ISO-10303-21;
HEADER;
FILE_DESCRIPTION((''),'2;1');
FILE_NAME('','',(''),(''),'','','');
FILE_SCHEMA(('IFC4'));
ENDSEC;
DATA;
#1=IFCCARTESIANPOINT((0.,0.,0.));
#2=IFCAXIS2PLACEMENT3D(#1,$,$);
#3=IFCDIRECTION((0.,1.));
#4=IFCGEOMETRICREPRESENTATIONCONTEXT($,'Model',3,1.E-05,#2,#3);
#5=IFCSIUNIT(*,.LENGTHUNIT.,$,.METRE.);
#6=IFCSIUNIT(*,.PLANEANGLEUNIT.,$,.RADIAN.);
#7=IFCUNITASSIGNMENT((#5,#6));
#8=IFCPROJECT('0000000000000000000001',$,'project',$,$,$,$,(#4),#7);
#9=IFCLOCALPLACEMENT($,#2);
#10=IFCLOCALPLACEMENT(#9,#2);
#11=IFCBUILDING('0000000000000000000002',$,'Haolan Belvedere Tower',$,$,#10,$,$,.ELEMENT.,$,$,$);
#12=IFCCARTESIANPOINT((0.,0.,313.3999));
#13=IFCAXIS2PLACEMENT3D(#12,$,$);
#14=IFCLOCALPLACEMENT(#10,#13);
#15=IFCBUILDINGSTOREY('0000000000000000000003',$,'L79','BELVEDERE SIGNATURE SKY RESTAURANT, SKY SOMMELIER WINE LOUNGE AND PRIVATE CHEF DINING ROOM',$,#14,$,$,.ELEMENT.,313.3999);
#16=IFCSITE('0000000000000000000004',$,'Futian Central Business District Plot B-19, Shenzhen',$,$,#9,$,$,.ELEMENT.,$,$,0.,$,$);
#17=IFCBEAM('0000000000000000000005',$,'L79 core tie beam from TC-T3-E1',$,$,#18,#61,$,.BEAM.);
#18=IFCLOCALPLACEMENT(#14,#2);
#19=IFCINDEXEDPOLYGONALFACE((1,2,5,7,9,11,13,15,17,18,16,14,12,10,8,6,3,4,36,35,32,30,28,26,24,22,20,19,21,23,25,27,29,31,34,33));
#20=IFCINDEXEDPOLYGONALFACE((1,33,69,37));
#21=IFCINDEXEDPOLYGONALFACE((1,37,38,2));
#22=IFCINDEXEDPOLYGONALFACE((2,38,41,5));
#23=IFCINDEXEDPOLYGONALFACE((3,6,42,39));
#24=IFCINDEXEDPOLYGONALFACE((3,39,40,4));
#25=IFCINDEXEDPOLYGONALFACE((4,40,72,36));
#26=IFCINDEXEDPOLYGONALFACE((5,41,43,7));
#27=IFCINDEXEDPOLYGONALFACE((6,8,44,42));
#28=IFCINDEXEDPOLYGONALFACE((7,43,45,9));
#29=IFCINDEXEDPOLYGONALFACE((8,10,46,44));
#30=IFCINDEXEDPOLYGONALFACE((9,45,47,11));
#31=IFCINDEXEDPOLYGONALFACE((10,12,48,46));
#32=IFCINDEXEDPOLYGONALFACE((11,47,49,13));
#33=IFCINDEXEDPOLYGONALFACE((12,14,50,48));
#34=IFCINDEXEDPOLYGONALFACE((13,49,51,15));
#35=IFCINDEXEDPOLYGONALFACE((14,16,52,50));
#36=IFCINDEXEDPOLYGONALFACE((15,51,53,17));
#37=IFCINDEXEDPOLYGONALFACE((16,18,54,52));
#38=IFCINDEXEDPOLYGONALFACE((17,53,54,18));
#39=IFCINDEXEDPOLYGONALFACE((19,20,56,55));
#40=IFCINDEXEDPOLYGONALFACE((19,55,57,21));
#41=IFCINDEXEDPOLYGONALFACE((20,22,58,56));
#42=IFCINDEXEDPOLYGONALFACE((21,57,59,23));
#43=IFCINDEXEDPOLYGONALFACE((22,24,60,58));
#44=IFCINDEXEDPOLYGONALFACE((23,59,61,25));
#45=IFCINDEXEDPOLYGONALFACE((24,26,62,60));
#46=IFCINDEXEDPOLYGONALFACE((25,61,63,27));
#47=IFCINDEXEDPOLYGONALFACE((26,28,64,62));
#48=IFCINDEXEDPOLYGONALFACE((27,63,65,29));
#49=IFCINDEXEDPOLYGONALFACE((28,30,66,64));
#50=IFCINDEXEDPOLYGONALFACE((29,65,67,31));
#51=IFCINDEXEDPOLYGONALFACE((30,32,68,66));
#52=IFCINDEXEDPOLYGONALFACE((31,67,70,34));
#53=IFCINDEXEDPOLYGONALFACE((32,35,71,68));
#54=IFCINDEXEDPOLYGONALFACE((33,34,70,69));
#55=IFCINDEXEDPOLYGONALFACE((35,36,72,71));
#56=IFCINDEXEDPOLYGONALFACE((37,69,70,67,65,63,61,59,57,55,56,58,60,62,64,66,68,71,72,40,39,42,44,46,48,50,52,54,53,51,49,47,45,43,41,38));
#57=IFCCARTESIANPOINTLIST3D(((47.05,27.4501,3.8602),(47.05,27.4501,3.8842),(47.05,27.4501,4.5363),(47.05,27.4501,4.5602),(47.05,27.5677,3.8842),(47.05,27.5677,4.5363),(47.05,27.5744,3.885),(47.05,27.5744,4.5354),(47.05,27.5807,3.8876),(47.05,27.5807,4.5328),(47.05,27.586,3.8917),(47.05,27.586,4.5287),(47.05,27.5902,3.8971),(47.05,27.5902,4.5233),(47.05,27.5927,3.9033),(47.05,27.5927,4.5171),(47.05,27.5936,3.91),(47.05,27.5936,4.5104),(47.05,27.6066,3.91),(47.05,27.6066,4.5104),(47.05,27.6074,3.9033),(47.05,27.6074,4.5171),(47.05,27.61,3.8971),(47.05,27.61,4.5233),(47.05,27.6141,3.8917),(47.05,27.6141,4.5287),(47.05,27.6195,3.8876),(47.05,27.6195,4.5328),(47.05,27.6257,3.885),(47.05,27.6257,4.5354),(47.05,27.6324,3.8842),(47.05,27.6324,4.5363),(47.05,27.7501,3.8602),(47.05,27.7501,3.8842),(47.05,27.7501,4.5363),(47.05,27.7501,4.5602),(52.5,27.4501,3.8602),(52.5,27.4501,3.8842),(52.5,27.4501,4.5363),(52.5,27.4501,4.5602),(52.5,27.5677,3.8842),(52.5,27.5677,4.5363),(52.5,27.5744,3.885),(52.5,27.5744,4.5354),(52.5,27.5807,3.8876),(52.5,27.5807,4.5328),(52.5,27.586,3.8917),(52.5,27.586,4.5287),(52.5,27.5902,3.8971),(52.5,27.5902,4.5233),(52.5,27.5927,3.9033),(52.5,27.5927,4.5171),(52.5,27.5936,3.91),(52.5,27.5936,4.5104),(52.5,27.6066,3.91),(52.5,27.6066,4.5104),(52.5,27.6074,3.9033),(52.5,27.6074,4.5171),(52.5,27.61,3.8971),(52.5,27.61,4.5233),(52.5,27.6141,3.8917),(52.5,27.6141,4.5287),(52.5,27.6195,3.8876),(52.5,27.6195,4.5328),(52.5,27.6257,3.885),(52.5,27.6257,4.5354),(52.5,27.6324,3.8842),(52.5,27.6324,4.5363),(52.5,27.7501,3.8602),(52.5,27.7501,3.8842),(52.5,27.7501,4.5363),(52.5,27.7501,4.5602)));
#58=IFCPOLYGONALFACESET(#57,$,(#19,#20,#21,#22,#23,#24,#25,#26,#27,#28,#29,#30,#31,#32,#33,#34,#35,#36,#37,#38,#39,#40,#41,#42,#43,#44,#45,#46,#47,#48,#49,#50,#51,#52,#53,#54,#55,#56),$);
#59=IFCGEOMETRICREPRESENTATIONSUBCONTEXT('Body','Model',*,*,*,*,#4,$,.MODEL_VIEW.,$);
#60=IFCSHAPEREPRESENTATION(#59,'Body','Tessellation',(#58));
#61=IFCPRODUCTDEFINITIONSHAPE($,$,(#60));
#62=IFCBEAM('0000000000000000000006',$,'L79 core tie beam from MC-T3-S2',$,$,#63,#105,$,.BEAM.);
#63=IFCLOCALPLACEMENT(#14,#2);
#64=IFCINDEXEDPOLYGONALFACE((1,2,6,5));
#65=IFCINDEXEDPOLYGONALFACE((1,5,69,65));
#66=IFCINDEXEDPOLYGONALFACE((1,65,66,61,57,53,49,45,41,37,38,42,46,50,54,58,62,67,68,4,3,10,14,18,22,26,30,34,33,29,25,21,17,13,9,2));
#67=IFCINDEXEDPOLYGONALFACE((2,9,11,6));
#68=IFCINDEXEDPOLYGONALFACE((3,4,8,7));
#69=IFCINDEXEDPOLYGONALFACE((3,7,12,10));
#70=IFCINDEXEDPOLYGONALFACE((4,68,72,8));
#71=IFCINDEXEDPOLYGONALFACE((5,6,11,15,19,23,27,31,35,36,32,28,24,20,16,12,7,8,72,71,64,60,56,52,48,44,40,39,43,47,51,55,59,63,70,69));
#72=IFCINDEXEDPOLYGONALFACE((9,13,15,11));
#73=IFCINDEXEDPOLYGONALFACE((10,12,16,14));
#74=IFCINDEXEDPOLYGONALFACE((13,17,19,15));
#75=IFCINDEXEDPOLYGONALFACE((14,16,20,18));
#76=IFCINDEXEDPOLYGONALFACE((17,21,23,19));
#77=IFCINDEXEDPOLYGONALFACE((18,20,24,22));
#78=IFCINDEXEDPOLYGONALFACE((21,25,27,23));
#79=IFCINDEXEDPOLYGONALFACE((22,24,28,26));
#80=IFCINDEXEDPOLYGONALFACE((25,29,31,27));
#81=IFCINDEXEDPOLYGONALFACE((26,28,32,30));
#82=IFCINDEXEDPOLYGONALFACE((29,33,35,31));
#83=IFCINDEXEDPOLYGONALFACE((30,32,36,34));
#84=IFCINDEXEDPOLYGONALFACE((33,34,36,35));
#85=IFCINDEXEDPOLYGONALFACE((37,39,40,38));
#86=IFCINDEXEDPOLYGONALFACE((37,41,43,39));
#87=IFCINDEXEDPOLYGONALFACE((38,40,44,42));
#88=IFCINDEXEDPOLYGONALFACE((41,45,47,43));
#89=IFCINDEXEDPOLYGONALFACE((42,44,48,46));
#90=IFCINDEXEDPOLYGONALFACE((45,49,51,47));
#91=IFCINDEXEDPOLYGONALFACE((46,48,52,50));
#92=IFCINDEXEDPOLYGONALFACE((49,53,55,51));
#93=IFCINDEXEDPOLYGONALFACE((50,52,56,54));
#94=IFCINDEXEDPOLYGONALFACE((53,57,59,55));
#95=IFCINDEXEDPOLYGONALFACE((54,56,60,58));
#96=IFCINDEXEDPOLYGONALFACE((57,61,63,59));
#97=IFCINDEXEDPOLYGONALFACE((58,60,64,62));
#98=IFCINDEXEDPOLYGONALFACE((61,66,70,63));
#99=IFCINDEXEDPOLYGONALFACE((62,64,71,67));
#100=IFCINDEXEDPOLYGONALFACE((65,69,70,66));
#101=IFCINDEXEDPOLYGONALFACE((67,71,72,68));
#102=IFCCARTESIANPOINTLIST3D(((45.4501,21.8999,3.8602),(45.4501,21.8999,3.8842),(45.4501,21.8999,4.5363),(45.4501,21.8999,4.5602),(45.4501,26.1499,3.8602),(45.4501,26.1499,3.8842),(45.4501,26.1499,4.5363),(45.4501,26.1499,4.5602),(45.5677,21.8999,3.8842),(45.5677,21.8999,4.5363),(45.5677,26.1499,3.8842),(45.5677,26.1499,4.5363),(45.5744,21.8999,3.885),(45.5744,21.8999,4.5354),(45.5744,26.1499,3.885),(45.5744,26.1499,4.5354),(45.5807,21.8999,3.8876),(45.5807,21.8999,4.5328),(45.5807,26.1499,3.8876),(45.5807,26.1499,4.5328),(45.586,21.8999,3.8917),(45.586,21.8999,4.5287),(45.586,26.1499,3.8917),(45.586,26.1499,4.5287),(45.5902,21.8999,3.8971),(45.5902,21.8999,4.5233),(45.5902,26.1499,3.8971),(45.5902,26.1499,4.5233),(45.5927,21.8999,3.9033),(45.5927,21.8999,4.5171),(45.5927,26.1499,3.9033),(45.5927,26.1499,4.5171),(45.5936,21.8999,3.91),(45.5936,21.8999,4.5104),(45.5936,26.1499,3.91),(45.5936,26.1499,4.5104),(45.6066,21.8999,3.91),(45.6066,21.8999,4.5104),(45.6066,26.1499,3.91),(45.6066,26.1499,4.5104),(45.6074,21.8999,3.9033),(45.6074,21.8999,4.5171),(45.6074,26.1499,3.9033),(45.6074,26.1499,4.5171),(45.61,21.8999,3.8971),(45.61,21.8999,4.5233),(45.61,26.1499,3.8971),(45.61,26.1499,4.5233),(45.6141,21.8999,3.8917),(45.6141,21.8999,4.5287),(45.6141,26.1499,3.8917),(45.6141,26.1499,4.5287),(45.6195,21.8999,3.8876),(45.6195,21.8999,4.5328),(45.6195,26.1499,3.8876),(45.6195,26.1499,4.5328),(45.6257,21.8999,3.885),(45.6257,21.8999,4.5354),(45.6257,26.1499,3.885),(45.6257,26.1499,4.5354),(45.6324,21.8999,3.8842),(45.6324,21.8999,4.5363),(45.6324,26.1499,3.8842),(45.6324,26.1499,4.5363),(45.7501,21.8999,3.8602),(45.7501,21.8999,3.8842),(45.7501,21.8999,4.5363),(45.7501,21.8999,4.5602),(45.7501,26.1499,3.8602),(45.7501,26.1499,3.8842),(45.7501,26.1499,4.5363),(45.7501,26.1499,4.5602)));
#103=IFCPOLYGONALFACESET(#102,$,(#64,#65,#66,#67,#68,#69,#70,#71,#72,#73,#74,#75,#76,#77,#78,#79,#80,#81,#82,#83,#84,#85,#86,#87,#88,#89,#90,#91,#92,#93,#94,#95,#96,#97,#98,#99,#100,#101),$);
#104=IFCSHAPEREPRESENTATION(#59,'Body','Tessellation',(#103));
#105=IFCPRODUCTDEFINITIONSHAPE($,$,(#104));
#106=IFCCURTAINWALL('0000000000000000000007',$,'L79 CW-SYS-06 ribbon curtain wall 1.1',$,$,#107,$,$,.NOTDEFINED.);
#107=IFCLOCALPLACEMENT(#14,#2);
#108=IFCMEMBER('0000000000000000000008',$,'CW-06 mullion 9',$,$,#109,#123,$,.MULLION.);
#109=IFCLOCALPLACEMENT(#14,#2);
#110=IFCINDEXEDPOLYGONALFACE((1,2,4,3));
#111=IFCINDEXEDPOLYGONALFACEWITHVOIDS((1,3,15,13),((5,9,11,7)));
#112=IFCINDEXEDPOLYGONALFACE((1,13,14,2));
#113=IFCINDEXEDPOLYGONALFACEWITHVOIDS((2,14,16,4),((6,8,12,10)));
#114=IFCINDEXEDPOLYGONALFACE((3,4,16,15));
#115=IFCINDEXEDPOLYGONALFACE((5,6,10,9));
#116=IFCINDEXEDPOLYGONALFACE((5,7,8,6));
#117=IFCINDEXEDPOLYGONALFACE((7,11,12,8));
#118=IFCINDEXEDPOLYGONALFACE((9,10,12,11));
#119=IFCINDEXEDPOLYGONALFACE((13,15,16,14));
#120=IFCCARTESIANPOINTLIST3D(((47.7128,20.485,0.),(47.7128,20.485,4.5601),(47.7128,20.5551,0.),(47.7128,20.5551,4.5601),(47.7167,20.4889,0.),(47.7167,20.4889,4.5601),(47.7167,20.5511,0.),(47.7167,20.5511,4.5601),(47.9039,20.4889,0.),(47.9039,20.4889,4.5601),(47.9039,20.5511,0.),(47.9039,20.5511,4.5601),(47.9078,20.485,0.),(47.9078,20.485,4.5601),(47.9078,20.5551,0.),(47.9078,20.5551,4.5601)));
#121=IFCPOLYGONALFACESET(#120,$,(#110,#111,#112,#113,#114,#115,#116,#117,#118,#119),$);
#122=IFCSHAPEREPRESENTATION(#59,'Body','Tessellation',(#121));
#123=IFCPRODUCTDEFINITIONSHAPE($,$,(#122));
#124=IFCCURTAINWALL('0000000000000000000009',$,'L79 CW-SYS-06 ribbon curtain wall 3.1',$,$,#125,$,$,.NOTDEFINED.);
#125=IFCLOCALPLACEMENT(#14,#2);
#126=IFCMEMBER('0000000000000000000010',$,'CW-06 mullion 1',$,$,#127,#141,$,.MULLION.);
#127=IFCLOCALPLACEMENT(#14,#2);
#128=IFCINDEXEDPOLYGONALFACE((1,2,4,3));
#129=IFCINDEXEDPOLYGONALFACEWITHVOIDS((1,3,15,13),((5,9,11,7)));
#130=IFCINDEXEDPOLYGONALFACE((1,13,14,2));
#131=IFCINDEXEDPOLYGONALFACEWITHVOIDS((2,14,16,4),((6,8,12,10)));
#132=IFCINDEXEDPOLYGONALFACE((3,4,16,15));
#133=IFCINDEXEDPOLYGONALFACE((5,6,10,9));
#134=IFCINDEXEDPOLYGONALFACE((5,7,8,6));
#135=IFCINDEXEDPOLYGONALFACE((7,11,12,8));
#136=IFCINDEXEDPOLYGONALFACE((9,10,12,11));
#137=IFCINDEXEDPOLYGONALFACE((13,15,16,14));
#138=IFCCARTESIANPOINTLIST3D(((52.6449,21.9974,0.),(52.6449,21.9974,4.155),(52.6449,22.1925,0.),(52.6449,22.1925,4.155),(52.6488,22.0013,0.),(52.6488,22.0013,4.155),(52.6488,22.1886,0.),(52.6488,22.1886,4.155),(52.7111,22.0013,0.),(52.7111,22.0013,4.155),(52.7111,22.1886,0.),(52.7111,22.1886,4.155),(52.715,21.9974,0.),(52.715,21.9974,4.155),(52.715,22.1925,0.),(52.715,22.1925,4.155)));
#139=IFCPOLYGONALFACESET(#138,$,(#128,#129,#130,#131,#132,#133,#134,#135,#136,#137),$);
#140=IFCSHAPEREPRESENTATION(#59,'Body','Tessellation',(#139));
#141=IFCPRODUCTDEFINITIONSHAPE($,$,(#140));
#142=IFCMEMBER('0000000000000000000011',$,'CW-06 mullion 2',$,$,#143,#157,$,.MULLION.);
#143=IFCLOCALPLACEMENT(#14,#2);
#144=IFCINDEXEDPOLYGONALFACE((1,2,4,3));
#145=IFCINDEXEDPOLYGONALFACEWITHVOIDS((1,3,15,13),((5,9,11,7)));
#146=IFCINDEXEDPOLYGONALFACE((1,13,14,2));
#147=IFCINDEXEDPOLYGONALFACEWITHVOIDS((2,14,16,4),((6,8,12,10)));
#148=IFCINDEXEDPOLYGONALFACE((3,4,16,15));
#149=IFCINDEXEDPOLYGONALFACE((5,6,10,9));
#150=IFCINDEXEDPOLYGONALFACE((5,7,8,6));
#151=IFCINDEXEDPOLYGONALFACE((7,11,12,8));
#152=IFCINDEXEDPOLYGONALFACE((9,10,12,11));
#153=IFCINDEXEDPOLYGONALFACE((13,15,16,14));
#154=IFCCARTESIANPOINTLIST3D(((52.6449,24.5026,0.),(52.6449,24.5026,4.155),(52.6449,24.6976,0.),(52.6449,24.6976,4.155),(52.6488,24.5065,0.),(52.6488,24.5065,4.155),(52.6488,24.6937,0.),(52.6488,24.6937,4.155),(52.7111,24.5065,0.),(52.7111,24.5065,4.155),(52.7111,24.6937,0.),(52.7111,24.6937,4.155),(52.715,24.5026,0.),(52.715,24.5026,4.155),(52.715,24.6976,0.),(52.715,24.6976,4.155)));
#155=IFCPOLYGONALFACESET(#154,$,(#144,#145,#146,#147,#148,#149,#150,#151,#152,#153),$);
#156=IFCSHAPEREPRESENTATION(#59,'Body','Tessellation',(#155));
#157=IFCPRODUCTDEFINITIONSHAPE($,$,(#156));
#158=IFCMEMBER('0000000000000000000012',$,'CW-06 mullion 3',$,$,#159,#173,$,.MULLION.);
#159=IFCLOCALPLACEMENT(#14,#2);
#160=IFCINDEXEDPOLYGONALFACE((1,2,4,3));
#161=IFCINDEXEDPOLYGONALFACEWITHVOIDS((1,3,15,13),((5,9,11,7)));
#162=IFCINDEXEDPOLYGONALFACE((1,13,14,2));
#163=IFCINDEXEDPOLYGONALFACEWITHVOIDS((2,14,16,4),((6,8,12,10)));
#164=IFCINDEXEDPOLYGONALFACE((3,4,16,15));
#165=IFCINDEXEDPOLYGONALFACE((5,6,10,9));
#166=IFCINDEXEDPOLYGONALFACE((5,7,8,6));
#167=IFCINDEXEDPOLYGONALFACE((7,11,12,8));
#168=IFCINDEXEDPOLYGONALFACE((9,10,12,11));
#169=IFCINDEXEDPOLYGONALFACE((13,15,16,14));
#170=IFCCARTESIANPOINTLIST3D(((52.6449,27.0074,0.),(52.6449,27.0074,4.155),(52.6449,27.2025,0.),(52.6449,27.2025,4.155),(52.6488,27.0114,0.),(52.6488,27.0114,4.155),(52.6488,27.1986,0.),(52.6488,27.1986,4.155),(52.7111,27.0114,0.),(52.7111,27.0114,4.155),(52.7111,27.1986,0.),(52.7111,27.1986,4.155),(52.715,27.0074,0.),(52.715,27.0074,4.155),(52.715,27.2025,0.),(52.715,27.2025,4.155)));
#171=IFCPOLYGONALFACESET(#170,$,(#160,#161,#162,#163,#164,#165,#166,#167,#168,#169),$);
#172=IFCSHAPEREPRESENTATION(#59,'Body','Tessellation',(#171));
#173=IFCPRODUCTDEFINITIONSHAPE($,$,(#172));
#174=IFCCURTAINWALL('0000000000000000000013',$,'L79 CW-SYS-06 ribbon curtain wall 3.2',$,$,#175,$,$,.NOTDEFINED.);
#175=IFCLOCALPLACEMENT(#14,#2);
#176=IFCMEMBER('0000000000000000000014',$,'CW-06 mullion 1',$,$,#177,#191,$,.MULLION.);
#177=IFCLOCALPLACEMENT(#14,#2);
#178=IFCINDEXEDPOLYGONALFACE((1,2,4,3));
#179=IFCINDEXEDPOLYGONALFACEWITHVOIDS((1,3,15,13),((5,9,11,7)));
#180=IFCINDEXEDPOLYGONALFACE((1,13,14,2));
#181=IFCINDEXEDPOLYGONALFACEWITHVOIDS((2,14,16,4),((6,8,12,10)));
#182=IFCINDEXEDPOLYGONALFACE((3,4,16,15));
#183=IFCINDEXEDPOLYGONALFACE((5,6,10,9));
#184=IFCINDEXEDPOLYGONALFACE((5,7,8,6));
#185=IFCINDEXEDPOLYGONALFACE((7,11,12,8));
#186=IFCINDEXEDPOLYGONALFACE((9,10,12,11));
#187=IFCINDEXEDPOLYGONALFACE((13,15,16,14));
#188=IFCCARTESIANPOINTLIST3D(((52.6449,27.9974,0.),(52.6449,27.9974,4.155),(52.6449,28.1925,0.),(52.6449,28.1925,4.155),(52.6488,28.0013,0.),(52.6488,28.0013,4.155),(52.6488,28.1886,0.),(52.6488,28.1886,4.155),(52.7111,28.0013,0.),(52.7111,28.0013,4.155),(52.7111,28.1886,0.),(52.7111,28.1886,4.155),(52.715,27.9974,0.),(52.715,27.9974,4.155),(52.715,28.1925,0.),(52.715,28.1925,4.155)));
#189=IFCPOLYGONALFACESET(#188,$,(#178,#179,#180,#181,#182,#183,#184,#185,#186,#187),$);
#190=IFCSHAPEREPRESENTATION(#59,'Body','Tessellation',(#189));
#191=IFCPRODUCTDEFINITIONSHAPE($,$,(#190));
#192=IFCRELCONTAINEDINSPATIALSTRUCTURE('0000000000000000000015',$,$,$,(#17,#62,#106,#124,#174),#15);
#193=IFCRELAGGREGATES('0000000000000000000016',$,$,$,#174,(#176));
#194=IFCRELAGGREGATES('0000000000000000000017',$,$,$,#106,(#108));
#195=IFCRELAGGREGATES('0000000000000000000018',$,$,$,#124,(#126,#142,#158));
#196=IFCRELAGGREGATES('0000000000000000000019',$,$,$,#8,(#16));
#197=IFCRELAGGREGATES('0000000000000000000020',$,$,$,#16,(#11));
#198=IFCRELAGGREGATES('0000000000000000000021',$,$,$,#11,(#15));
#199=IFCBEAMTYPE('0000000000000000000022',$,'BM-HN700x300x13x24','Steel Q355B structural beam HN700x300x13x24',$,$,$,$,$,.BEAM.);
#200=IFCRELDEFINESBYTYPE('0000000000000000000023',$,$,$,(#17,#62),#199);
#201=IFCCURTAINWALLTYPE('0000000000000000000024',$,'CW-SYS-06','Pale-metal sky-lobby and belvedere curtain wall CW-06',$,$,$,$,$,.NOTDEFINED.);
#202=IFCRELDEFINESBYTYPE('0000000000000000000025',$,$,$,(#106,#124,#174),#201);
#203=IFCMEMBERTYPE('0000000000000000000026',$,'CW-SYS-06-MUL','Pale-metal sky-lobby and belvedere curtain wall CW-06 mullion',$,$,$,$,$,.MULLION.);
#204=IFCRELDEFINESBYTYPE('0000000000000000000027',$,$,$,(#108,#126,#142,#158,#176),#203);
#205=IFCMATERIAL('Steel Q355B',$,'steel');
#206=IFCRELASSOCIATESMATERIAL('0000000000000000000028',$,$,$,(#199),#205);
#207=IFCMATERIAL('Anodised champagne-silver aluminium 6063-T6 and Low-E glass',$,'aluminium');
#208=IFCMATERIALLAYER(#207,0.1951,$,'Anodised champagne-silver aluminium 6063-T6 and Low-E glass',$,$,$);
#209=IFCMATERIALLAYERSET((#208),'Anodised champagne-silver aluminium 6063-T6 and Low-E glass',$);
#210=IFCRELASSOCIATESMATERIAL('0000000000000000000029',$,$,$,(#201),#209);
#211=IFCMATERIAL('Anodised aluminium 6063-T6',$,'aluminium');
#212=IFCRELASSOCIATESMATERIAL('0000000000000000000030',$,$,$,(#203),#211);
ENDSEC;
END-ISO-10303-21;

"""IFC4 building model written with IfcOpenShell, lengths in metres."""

from ifc_helpers import new_model, si_unit, direction, frame, origin, origin_2d, place, context, subcontext, project, spatial, hollow_rectangle, i_section, extrude, material, layer, layer_set, material_profile, profile_set, type_object, element, aggregate, save


model = new_model("IFC4")

# Units and contexts
model_context = context("Model", 3, precision=1e-05, world=origin(), true_north=direction((0.0, 1.0)))
body_context = subcontext(model_context, "Body", "Model", "MODEL_VIEW")
ifc_project = project(units=[si_unit("LENGTHUNIT", "METRE"), si_unit("PLANEANGLEUNIT", "RADIAN")], contexts=[model_context])

# Site, building, storey
site_placement = place(None, origin())
site = spatial("IfcSite", under=ifc_project, at=site_placement, Name="Futian Central Business District Plot B-19, Shenzhen", CompositionType="ELEMENT", RefElevation=0.0)
building_placement = place(site_placement, origin())
building = spatial("IfcBuilding", under=site, at=building_placement, Name="Haolan Belvedere Tower", CompositionType="ELEMENT")
storey_placement = place(building_placement, frame((0.0, 0.0, 313.3999)))
storey = spatial("IfcBuildingStorey", under=building, at=storey_placement, Name="L79", Description="BELVEDERE SIGNATURE SKY RESTAURANT, SKY SOMMELIER WINE LOUNGE AND PRIVATE CHEF DINING ROOM", CompositionType="ELEMENT", Elevation=313.3999)

# Beams
ifc_material_1 = material(Name="Steel Q355B", Category="steel")
ifc_material_profile_1 = material_profile(ifc_material_1, i_section(OverallWidth=0.3, OverallDepth=0.7, WebThickness=0.0129, FlangeThickness=0.0239, FilletRadius=0.0259, at=origin_2d()), Name="Steel Q355B")
ifc_profile_set_1 = profile_set([ifc_material_profile_1], Name="Steel Q355B")
beam_type_1 = type_object("IfcBeamType", Name="BM-HN700x300x13x24", Description="Steel Q355B structural beam HN700x300x13x24", PredefinedType="BEAM", material=ifc_profile_set_1)
beam_1_placement = place(storey_placement, frame((52.5, 27.6001, 4.2102), z_axis=(-1.0, 0.0, 0.0), x_axis=(0.0, -1.0, 0.0)))
element("IfcBeam", 1, at=beam_1_placement, inside=storey, type_object=beam_type_1, Name="L79 core tie beam from TC-T3-E1", PredefinedType="BEAM", context=body_context, shape_type="SweptSolid", body=[
    extrude(i_section(OverallWidth=0.3, OverallDepth=0.7, WebThickness=0.0129, FlangeThickness=0.0239, FilletRadius=0.0259, at=origin_2d()), origin(), (0.0, 0.0, 1.0), 5.45),
])
beam_2_placement = place(storey_placement, frame((45.6001, 21.8999, 4.2102), z_axis=(0.0, 1.0, 0.0), x_axis=(-1.0, 0.0, 0.0)))
element("IfcBeam", 2, at=beam_2_placement, inside=storey, type_object=beam_type_1, Name="L79 core tie beam from MC-T3-S2", PredefinedType="BEAM", context=body_context, shape_type="SweptSolid", body=[
    extrude(i_section(OverallWidth=0.3, OverallDepth=0.7, WebThickness=0.0129, FlangeThickness=0.0239, FilletRadius=0.0259, at=origin_2d()), origin(), (0.0, 0.0, 1.0), 4.25),
])

# Curtain wall, member
ifc_material_2 = material(Name="Anodised champagne-silver aluminium 6063-T6 and Low-E glass", Category="aluminium")
ifc_layer_1 = layer(ifc_material_2, 0.1951, Name="Anodised champagne-silver aluminium 6063-T6 and Low-E glass")
ifc_layer_set_1 = layer_set([ifc_layer_1], Name="Anodised champagne-silver aluminium 6063-T6 and Low-E glass")
curtain_wall_type = type_object("IfcCurtainWallType", Name="CW-SYS-06", Description="Pale-metal sky-lobby and belvedere curtain wall CW-06", PredefinedType="NOTDEFINED", material=ifc_layer_set_1)
curtain_wall_1_placement = place(storey_placement, origin())
curtain_wall_1 = element("IfcCurtainWall", 3, at=curtain_wall_1_placement, inside=storey, type_object=curtain_wall_type, Name="L79 CW-SYS-06 ribbon curtain wall 1.1", PredefinedType="NOTDEFINED")
ifc_material_3 = material(Name="Anodised aluminium 6063-T6", Category="aluminium")
ifc_material_profile_2 = material_profile(ifc_material_3, hollow_rectangle(XDim=0.0701, YDim=0.1951, WallThickness=0.0039, at=origin_2d()), Name="Anodised aluminium 6063-T6")
ifc_profile_set_2 = profile_set([ifc_material_profile_2], Name="Anodised aluminium 6063-T6")
member_type_1 = type_object("IfcMemberType", Name="CW-SYS-06-MUL", Description="Pale-metal sky-lobby and belvedere curtain wall CW-06 mullion", PredefinedType="MULLION", material=ifc_profile_set_2)
member_1_placement = place(storey_placement, frame((47.8103, 20.52, 0.0), z_axis=(0.0, 0.0, 1.0), x_axis=(0.0, 1.0, 0.0)))
member_1 = element("IfcMember", 4, at=member_1_placement, type_object=member_type_1, Name="CW-06 mullion 9", PredefinedType="MULLION", context=body_context, shape_type="SweptSolid", body=[
    extrude(hollow_rectangle(XDim=0.0701, YDim=0.1951, WallThickness=0.0039, at=origin_2d()), origin(), (0.0, 0.0, 1.0), 4.5601),
])

# Curtain wall, members
curtain_wall_2_placement = place(storey_placement, origin())
curtain_wall_2 = element("IfcCurtainWall", 5, at=curtain_wall_2_placement, inside=storey, type_object=curtain_wall_type, Name="L79 CW-SYS-06 ribbon curtain wall 3.1", PredefinedType="NOTDEFINED")
member_2_placement = place(storey_placement, frame((52.6799, 22.095, 0.0), z_axis=(0.0, 0.0, 1.0), x_axis=(-1.0, 0.0, 0.0)))
member_2 = element("IfcMember", 6, at=member_2_placement, type_object=member_type_1, Name="CW-06 mullion 1", PredefinedType="MULLION", context=body_context, shape_type="SweptSolid", body=[
    extrude(hollow_rectangle(XDim=0.0701, YDim=0.1951, WallThickness=0.0039, at=origin_2d()), origin(), (0.0, 0.0, 1.0), 4.155),
])
member_3_placement = place(storey_placement, frame((52.6799, 24.6001, 0.0), z_axis=(0.0, 0.0, 1.0), x_axis=(-1.0, 0.0, 0.0)))
member_3 = element("IfcMember", 7, at=member_3_placement, type_object=member_type_1, Name="CW-06 mullion 2", PredefinedType="MULLION", context=body_context, shape_type="SweptSolid", body=[
    extrude(hollow_rectangle(XDim=0.0701, YDim=0.1951, WallThickness=0.0039, at=origin_2d()), origin(), (0.0, 0.0, 1.0), 4.155),
])
member_4_placement = place(storey_placement, frame((52.6799, 27.105, 0.0), z_axis=(0.0, 0.0, 1.0), x_axis=(-1.0, 0.0, 0.0)))
member_4 = element("IfcMember", 8, at=member_4_placement, type_object=member_type_1, Name="CW-06 mullion 3", PredefinedType="MULLION", context=body_context, shape_type="SweptSolid", body=[
    extrude(hollow_rectangle(XDim=0.0701, YDim=0.1951, WallThickness=0.0039, at=origin_2d()), origin(), (0.0, 0.0, 1.0), 4.155),
])

# Curtain wall, member
curtain_wall_3_placement = place(storey_placement, origin())
curtain_wall_3 = element("IfcCurtainWall", 9, at=curtain_wall_3_placement, inside=storey, type_object=curtain_wall_type, Name="L79 CW-SYS-06 ribbon curtain wall 3.2", PredefinedType="NOTDEFINED")
member_5_placement = place(storey_placement, frame((52.6799, 28.095, 0.0), z_axis=(0.0, 0.0, 1.0), x_axis=(-1.0, 0.0, 0.0)))
member_5 = element("IfcMember", 10, at=member_5_placement, type_object=member_type_1, Name="CW-06 mullion 1", PredefinedType="MULLION", context=body_context, shape_type="SweptSolid", body=[
    extrude(hollow_rectangle(XDim=0.0701, YDim=0.1951, WallThickness=0.0039, at=origin_2d()), origin(), (0.0, 0.0, 1.0), 4.155),
])

aggregate(curtain_wall_3, [member_5])

aggregate(curtain_wall_1, [member_1])
aggregate(curtain_wall_2, [member_2, member_3, member_4])

save(model, "model.ifc")
